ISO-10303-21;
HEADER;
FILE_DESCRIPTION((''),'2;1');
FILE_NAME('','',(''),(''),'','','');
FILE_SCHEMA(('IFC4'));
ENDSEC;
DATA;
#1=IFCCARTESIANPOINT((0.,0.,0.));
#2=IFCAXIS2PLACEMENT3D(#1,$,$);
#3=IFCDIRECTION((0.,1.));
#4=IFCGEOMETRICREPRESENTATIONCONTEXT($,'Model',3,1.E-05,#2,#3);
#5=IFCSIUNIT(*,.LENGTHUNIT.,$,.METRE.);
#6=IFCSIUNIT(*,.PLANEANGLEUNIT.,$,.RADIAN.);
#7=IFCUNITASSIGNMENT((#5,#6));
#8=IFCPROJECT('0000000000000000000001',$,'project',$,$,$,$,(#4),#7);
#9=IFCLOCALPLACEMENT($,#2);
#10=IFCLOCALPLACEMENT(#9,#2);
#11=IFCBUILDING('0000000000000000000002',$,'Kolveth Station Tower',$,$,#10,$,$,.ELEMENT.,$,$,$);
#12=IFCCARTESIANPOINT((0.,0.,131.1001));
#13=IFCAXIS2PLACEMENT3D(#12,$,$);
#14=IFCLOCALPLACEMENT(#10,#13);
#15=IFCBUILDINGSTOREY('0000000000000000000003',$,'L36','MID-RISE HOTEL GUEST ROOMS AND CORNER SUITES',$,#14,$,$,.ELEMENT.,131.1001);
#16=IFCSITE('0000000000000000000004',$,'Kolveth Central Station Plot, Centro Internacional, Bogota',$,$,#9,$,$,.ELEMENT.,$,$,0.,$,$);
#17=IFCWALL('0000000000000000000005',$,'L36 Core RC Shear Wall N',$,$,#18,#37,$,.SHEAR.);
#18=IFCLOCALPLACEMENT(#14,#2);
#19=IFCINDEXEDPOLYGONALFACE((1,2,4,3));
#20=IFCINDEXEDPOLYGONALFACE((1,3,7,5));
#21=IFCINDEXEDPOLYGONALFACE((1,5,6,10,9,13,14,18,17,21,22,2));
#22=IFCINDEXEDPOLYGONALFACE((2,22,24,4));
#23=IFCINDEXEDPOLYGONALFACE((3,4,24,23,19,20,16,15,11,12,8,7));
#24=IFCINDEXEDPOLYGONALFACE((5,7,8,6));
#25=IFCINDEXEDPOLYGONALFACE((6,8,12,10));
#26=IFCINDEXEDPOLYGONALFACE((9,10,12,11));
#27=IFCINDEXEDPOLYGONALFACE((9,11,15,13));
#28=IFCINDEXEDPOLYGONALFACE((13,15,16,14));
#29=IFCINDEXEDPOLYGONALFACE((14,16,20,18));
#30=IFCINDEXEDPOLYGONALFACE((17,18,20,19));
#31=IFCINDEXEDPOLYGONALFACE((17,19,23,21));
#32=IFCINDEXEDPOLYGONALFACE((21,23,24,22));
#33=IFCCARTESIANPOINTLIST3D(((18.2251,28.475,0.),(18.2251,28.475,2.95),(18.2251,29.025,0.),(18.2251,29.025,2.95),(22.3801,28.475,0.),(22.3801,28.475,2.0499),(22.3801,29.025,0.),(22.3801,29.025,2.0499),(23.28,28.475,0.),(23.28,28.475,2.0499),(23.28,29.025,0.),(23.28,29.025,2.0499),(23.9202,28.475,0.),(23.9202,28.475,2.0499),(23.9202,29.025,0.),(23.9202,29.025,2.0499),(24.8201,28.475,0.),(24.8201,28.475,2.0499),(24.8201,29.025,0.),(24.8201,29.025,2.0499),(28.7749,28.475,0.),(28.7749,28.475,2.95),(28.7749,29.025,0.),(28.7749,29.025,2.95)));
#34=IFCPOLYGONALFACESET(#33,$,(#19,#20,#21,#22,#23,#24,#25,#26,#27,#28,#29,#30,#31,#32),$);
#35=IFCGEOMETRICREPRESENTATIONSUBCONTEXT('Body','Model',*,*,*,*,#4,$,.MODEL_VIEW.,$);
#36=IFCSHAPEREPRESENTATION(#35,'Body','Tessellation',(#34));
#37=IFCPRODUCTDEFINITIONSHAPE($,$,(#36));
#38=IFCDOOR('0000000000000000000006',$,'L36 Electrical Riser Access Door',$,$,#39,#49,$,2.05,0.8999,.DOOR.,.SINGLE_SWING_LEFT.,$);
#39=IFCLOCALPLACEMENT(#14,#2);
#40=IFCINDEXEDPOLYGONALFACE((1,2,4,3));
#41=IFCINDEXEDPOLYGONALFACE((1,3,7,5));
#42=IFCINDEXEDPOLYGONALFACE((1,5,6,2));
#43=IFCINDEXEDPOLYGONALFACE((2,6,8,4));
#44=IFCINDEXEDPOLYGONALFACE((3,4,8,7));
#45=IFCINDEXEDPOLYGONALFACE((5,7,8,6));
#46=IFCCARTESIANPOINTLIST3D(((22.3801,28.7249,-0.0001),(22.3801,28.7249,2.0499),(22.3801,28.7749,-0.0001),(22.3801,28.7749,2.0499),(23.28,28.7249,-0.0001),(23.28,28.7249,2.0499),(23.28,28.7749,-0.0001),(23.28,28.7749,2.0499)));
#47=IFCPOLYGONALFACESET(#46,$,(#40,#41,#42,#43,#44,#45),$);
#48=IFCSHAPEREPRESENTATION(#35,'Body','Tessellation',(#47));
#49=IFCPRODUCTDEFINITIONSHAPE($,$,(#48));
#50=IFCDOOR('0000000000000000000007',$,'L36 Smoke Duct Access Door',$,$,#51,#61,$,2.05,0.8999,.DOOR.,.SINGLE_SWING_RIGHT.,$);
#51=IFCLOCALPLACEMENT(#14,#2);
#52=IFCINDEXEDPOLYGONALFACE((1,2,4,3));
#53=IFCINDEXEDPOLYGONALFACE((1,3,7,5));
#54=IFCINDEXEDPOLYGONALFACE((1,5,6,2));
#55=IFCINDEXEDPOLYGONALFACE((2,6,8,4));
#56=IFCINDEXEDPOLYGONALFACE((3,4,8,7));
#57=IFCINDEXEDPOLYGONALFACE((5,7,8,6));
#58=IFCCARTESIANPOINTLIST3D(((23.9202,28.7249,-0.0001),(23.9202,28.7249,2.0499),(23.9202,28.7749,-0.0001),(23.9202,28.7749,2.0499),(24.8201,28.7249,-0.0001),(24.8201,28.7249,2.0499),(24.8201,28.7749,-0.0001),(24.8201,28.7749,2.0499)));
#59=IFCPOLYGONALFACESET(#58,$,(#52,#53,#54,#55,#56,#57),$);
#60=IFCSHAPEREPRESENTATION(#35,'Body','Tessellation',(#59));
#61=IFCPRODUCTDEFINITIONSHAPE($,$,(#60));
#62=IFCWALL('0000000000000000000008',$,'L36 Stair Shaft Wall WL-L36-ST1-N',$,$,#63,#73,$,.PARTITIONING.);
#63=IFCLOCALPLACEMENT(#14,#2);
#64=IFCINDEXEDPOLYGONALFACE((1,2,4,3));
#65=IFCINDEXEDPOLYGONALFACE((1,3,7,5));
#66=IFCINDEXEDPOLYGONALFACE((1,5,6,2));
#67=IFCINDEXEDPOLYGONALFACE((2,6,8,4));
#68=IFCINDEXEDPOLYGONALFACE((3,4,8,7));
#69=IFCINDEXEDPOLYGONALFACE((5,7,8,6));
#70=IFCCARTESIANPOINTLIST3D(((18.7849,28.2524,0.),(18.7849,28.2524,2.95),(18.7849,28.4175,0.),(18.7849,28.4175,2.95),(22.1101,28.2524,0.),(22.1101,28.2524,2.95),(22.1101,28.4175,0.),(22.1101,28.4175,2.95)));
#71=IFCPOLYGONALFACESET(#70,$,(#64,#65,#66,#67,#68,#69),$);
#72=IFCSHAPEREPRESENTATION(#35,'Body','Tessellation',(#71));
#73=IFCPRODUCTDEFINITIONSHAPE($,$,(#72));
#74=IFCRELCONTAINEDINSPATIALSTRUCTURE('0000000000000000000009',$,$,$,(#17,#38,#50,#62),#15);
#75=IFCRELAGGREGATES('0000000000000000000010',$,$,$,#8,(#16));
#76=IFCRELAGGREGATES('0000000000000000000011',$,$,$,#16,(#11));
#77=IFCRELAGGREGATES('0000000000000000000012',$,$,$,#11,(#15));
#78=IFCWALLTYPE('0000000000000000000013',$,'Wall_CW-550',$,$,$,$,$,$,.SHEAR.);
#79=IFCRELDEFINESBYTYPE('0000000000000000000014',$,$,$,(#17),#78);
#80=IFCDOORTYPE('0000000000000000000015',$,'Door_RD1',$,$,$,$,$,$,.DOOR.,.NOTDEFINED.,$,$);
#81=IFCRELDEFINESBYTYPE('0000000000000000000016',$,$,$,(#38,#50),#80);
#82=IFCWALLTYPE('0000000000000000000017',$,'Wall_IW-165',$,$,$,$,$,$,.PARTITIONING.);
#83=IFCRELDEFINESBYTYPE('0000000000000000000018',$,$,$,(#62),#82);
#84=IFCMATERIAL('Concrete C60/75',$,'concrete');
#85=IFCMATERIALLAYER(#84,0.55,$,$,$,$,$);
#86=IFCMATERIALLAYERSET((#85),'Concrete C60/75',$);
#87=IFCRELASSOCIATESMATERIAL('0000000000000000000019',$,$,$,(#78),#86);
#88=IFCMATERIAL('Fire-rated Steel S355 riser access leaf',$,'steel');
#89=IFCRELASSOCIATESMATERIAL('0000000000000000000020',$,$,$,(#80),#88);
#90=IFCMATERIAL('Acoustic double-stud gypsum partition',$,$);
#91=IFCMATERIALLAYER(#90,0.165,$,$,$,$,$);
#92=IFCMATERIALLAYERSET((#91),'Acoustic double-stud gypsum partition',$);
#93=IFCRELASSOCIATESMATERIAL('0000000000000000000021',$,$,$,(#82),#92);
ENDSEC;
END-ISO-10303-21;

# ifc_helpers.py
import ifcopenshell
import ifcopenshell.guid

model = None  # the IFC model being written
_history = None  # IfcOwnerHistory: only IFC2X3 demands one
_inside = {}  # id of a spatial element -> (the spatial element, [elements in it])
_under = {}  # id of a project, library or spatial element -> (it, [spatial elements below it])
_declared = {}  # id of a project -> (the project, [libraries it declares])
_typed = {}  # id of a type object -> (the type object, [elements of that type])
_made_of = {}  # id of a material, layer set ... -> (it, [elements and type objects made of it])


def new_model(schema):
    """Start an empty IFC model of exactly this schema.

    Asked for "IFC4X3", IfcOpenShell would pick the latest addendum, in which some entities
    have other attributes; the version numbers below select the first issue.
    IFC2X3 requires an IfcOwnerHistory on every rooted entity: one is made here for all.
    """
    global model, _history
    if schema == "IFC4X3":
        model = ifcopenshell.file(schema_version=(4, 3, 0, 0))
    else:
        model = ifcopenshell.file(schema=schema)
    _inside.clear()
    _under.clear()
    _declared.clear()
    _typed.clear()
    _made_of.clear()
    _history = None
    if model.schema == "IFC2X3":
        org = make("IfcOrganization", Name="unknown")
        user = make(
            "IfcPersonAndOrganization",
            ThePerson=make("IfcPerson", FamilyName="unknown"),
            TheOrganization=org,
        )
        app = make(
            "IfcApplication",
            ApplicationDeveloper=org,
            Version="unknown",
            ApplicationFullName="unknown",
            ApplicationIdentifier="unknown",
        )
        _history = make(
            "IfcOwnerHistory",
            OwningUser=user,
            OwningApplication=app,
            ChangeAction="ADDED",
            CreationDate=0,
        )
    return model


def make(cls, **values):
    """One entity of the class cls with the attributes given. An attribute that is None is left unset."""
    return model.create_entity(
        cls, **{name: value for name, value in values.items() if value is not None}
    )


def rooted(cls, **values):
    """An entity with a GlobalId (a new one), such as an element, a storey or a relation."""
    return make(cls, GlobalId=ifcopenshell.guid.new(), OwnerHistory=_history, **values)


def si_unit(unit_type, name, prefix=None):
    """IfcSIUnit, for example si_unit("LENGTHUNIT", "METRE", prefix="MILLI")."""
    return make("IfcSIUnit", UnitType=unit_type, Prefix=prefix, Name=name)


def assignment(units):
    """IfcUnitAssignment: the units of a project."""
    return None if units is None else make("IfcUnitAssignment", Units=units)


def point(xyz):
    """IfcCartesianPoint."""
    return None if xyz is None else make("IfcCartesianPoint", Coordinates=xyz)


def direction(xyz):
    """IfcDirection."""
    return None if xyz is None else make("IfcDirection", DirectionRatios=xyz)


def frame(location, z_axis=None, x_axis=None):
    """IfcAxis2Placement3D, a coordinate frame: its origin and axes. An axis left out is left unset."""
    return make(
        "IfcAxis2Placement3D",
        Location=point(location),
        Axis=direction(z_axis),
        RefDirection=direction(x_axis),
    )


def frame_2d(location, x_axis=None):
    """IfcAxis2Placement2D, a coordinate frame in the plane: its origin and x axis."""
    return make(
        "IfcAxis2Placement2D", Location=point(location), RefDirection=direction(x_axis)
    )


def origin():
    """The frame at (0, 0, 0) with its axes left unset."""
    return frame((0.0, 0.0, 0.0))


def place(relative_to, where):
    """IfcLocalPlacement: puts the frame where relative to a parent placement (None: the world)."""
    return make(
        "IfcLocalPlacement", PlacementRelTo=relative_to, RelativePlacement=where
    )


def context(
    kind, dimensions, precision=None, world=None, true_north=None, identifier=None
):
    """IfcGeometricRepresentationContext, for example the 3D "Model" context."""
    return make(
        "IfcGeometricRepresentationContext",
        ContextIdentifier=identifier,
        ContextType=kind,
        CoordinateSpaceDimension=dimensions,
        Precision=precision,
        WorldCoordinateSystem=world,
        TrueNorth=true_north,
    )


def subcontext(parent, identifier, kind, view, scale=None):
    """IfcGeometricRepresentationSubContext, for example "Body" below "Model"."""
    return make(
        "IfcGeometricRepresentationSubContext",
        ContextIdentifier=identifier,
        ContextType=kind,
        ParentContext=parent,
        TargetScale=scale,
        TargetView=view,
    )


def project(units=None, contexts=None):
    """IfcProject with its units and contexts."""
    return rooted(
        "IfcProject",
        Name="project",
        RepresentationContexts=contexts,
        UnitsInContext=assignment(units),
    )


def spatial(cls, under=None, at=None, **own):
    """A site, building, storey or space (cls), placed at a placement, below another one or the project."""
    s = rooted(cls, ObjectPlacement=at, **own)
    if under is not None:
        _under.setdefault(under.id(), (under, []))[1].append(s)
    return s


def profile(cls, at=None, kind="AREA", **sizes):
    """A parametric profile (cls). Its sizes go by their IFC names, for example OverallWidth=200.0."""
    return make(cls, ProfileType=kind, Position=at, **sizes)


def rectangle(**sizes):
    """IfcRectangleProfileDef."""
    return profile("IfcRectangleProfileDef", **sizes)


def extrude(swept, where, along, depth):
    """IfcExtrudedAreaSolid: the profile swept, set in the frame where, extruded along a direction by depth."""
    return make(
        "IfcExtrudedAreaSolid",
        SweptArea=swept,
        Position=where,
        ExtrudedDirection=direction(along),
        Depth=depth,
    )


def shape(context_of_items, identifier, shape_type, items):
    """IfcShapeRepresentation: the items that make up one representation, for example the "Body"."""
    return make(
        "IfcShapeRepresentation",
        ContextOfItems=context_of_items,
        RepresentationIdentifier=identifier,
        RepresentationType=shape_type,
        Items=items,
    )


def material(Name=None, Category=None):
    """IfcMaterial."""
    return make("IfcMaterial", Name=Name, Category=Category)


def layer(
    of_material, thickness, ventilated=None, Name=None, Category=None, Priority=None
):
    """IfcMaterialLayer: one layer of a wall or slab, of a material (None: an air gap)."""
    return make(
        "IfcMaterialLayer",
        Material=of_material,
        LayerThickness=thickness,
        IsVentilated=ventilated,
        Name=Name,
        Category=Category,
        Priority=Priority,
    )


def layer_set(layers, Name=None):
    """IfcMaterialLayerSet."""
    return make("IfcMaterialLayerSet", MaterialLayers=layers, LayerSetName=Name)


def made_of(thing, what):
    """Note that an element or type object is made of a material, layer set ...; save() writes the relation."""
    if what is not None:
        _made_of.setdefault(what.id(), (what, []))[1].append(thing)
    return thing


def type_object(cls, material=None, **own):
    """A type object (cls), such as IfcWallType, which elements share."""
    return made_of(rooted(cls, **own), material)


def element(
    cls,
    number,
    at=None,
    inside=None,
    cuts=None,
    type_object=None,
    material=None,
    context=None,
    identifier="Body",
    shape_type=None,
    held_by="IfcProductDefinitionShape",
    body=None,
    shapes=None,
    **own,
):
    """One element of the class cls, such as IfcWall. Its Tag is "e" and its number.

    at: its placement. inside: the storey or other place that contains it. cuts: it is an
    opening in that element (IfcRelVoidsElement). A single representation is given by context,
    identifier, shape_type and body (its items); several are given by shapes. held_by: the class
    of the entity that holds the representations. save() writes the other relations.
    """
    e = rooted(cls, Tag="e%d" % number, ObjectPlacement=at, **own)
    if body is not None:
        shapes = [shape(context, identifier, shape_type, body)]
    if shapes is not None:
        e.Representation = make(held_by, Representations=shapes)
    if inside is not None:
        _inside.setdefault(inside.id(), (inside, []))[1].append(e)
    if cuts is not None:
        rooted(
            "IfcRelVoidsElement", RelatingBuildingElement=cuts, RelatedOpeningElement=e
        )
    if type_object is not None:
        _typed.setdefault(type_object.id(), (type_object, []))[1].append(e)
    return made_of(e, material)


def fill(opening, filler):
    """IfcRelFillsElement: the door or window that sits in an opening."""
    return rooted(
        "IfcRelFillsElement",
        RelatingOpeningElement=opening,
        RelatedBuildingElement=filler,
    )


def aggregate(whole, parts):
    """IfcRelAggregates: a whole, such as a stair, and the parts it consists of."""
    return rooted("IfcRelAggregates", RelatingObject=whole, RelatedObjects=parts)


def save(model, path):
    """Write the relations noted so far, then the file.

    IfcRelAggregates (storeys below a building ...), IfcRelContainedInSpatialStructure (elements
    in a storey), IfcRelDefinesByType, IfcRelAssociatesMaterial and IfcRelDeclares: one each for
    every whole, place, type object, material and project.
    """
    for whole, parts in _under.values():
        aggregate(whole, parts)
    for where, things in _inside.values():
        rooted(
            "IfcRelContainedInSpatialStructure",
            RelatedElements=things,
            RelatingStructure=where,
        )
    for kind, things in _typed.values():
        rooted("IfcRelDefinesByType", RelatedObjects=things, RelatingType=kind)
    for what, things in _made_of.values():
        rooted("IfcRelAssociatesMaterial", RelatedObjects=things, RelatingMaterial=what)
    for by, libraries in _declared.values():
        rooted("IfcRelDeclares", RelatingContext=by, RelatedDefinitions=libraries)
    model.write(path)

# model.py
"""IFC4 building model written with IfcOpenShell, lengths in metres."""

from ifc_helpers import new_model, si_unit, direction, frame, frame_2d, origin, place, context, subcontext, project, spatial, rectangle, extrude, material, layer, layer_set, type_object, element, fill, save


model = new_model("IFC4")

# Units and contexts
model_context = context("Model", 3, precision=1e-05, world=origin(), true_north=direction((0.0, 1.0)))
body_context = subcontext(model_context, "Body", "Model", "MODEL_VIEW")
ifc_project = project(units=[si_unit("LENGTHUNIT", "METRE"), si_unit("PLANEANGLEUNIT", "RADIAN")], contexts=[model_context])

# Site, building, storey
site_placement = place(None, origin())
site = spatial("IfcSite", under=ifc_project, at=site_placement, Name="Kolveth Central Station Plot, Centro Internacional, Bogota", CompositionType="ELEMENT", RefElevation=0.0)
building_placement = place(site_placement, origin())
building = spatial("IfcBuilding", under=site, at=building_placement, Name="Kolveth Station Tower", CompositionType="ELEMENT")
storey_placement = place(building_placement, frame((0.0, 0.0, 131.1001)))
storey = spatial("IfcBuildingStorey", under=building, at=storey_placement, Name="L36", Description="MID-RISE HOTEL GUEST ROOMS AND CORNER SUITES", CompositionType="ELEMENT", Elevation=131.1001)

# Wall, openings, doors
ifc_material_1 = material(Name="Concrete C60/75", Category="concrete")
ifc_layer_1 = layer(ifc_material_1, 0.55)
ifc_layer_set_1 = layer_set([ifc_layer_1], Name="Concrete C60/75")
wall_type_1 = type_object("IfcWallType", Name="Wall_CW-550", PredefinedType="SHEAR", material=ifc_layer_set_1)
wall_1_placement = place(storey_placement, frame((18.2251, 28.75, 0.0), z_axis=(0.0, 0.0, 1.0), x_axis=(1.0, 0.0, 0.0)))
wall_1 = element("IfcWall", 1, at=wall_1_placement, inside=storey, type_object=wall_type_1, Name="L36 Core RC Shear Wall N", PredefinedType="SHEAR", context=body_context, shape_type="SweptSolid", body=[
    extrude(rectangle(XDim=10.5498, YDim=0.55, at=frame_2d((5.2749, 0.0))), origin(), (0.0, 0.0, 1.0), 2.95),
])
opening_1_placement = place(wall_1_placement, frame((4.155, 0.0, 0.0)))
opening_1 = element("IfcOpeningElement", 2, at=opening_1_placement, cuts=wall_1, PredefinedType="OPENING", context=body_context, shape_type="SweptSolid", body=[
    extrude(rectangle(XDim=0.8999, YDim=2.05, at=frame_2d((0.45, 1.0249))), frame((0.0, 0.2849, 0.0), z_axis=(0.0, -1.0, 0.0), x_axis=(1.0, 0.0, 0.0)), (0.0, 0.0, 1.0), 0.5701),
])
opening_2_placement = place(wall_1_placement, frame((5.6951, 0.0, 0.0)))
opening_2 = element("IfcOpeningElement", 3, at=opening_2_placement, cuts=wall_1, PredefinedType="OPENING", context=body_context, shape_type="SweptSolid", body=[
    extrude(rectangle(XDim=0.8999, YDim=2.05, at=frame_2d((0.45, 1.0249))), frame((0.0, 0.2849, 0.0), z_axis=(0.0, -1.0, 0.0), x_axis=(1.0, 0.0, 0.0)), (0.0, 0.0, 1.0), 0.5701),
])
ifc_material_2 = material(Name="Fire-rated Steel S355 riser access leaf", Category="steel")
door_type_1 = type_object("IfcDoorType", Name="Door_RD1", OperationType="NOTDEFINED", PredefinedType="DOOR", material=ifc_material_2)
door_1_placement = place(opening_1_placement, origin())
door_1 = element("IfcDoor", 4, at=door_1_placement, inside=storey, type_object=door_type_1, Name="L36 Electrical Riser Access Door", OperationType="SINGLE_SWING_LEFT", OverallHeight=2.05, OverallWidth=0.8999, PredefinedType="DOOR", context=body_context, shape_type="SweptSolid", body=[
    extrude(rectangle(XDim=0.8999, YDim=2.05, at=frame_2d((0.45, 1.0249))), frame((0.0, 0.0249, 0.0), z_axis=(0.0, -1.0, 0.0), x_axis=(1.0, 0.0, 0.0)), (0.0, 0.0, 1.0), 0.05),
])
fill(opening_1, door_1)
door_2_placement = place(opening_2_placement, origin())
door_2 = element("IfcDoor", 5, at=door_2_placement, inside=storey, type_object=door_type_1, Name="L36 Smoke Duct Access Door", OperationType="SINGLE_SWING_RIGHT", OverallHeight=2.05, OverallWidth=0.8999, PredefinedType="DOOR", context=body_context, shape_type="SweptSolid", body=[
    extrude(rectangle(XDim=0.8999, YDim=2.05, at=frame_2d((0.45, 1.0249))), frame((0.0, 0.0249, 0.0), z_axis=(0.0, -1.0, 0.0), x_axis=(1.0, 0.0, 0.0)), (0.0, 0.0, 1.0), 0.05),
])
fill(opening_2, door_2)

# Wall
ifc_material_3 = material(Name="Acoustic double-stud gypsum partition")
ifc_layer_2 = layer(ifc_material_3, 0.165)
ifc_layer_set_2 = layer_set([ifc_layer_2], Name="Acoustic double-stud gypsum partition")
wall_type_2 = type_object("IfcWallType", Name="Wall_IW-165", PredefinedType="PARTITIONING", material=ifc_layer_set_2)
wall_2_placement = place(storey_placement, frame((18.7849, 28.335, 0.0), z_axis=(0.0, 0.0, 1.0), x_axis=(1.0, 0.0, 0.0)))
element("IfcWall", 6, at=wall_2_placement, inside=storey, type_object=wall_type_2, Name="L36 Stair Shaft Wall WL-L36-ST1-N", PredefinedType="PARTITIONING", context=body_context, shape_type="SweptSolid", body=[
    extrude(rectangle(XDim=3.3252, YDim=0.165, at=frame_2d((1.6626, 0.0))), origin(), (0.0, 0.0, 1.0), 2.95),
])

save(model, "model.ifc")
